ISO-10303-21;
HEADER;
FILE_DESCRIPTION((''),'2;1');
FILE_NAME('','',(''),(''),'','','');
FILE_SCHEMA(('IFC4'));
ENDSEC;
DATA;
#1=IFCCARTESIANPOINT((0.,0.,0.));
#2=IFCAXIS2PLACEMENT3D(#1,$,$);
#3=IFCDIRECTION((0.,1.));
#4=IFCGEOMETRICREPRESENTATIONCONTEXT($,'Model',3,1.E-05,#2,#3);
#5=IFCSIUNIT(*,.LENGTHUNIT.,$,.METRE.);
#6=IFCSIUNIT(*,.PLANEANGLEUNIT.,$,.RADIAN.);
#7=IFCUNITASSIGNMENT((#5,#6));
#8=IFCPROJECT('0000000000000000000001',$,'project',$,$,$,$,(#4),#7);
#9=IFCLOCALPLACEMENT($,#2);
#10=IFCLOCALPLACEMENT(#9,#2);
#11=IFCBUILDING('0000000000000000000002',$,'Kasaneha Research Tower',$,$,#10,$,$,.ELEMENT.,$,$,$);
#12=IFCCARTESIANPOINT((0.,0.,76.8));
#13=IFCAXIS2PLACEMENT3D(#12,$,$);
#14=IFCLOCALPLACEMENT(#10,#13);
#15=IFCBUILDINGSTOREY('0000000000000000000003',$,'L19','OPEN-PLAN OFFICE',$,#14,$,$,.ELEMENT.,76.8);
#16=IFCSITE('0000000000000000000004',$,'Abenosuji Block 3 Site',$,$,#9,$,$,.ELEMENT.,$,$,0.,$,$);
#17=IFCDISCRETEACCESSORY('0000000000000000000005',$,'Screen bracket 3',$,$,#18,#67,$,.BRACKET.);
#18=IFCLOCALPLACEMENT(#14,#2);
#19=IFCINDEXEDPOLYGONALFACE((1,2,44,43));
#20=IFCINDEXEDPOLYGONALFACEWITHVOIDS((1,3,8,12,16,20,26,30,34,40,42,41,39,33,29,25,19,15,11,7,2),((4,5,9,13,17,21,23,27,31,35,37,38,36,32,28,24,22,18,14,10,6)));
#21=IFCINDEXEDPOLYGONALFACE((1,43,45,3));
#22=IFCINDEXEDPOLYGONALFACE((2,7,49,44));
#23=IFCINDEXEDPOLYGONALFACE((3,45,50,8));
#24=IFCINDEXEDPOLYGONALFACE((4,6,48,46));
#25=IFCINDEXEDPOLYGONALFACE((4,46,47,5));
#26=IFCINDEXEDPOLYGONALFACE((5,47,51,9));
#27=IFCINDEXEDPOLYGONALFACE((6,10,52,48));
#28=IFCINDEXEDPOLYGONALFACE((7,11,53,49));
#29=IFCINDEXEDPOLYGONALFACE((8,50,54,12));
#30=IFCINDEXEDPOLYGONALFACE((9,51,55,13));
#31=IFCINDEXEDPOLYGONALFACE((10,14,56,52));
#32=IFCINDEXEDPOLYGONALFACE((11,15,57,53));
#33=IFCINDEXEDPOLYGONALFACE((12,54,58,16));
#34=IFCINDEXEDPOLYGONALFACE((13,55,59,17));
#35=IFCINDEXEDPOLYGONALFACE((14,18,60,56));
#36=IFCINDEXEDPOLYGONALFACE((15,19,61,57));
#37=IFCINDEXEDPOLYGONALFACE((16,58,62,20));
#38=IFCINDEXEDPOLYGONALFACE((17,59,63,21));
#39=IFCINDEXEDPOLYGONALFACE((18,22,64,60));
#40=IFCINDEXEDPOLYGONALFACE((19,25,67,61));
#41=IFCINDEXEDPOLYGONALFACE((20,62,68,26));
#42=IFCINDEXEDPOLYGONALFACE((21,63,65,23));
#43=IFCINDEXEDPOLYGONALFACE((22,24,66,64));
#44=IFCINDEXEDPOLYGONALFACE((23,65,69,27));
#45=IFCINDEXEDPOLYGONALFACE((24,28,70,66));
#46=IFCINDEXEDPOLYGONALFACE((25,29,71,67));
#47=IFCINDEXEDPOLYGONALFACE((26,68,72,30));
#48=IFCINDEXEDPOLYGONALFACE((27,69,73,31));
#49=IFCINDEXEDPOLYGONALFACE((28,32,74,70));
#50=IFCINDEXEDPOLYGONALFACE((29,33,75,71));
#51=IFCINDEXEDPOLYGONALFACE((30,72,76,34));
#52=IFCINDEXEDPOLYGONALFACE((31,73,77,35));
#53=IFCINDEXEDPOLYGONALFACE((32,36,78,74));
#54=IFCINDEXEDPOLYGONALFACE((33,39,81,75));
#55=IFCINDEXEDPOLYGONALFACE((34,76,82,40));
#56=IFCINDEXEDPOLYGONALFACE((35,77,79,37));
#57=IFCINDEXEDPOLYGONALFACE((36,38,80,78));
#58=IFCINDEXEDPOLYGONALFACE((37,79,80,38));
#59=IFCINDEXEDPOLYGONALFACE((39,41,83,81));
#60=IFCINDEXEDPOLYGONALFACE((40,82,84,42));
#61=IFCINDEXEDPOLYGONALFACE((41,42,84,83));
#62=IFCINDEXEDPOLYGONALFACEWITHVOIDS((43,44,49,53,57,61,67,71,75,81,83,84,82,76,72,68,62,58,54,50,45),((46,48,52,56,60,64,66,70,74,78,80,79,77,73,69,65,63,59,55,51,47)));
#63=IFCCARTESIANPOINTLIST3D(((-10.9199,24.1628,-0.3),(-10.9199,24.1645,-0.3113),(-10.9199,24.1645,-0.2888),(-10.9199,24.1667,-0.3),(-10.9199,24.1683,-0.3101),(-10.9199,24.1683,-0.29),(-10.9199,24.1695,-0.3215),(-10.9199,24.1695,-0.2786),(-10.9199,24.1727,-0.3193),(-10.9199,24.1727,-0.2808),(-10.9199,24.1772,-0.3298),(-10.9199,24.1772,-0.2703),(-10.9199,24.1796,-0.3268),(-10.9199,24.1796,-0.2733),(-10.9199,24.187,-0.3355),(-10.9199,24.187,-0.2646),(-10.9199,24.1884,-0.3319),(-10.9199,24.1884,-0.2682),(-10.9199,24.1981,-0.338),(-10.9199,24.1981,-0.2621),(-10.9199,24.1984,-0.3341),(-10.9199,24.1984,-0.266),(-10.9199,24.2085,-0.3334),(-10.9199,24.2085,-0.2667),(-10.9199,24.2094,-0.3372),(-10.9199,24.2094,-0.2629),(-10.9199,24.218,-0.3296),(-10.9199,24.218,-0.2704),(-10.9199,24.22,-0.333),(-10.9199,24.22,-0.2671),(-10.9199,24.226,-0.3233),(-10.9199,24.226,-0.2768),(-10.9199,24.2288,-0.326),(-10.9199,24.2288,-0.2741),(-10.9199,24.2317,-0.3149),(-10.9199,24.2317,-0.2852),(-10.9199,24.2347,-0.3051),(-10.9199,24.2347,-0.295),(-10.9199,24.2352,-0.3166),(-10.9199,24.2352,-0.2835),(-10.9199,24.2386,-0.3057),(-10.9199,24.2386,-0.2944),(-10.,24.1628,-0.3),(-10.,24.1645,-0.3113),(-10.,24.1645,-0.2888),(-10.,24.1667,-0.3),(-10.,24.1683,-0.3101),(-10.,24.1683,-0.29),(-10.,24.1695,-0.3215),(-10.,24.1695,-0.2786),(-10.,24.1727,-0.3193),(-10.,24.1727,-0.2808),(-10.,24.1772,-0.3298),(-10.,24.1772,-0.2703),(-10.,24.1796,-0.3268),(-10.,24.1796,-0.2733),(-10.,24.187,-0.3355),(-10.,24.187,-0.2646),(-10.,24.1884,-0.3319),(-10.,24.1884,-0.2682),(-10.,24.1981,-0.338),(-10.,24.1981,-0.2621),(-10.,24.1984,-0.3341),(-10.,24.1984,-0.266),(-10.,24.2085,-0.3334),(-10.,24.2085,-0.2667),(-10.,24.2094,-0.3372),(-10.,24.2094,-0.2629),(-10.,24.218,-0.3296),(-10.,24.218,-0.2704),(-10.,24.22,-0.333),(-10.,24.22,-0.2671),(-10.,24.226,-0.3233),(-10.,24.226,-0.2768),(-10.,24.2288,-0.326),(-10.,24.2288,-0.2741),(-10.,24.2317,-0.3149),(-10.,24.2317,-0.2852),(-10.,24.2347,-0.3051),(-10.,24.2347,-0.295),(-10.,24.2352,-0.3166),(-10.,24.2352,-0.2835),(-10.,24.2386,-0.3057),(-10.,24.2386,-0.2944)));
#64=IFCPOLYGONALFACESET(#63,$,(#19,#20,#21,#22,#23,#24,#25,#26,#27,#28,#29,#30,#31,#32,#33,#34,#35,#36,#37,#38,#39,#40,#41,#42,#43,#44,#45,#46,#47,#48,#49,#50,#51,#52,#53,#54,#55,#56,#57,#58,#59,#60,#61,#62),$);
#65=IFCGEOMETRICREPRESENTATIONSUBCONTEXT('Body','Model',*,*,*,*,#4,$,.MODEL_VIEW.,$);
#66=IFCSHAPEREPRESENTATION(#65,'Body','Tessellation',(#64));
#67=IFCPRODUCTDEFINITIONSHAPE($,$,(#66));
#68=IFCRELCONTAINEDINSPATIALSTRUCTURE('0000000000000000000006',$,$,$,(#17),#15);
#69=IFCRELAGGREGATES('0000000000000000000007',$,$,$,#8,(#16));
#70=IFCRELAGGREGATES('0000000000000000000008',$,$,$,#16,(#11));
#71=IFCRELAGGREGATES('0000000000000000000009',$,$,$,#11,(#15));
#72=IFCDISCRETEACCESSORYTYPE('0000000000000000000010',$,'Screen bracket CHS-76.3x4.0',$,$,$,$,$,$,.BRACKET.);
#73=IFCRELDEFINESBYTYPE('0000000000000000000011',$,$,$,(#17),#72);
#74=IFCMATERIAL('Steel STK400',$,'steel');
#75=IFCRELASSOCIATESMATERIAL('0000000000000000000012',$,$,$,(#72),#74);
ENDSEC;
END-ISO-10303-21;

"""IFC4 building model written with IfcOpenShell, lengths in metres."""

from ifc_helpers import new_model, si_unit, direction, frame, origin, origin_2d, place, context, subcontext, project, spatial, hollow_circle, extrude, material, material_profile, profile_set, type_object, element, save


model = new_model("IFC4")

# Units and contexts
model_context = context("Model", 3, precision=1e-05, world=origin(), true_north=direction((0.0, 1.0)))
body_context = subcontext(model_context, "Body", "Model", "MODEL_VIEW")
ifc_project = project(units=[si_unit("LENGTHUNIT", "METRE"), si_unit("PLANEANGLEUNIT", "RADIAN")], contexts=[model_context])

# Site, building, storey
site_placement = place(None, origin())
site = spatial("IfcSite", under=ifc_project, at=site_placement, Name="Abenosuji Block 3 Site", CompositionType="ELEMENT", RefElevation=0.0)
building_placement = place(site_placement, origin())
building = spatial("IfcBuilding", under=site, at=building_placement, Name="Kasaneha Research Tower", CompositionType="ELEMENT")
storey_placement = place(building_placement, frame((0.0, 0.0, 76.8)))
storey = spatial("IfcBuildingStorey", under=building, at=storey_placement, Name="L19", Description="OPEN-PLAN OFFICE", CompositionType="ELEMENT", Elevation=76.8)

# Discrete accessory
ifc_material_1 = material(Name="Steel STK400", Category="steel")
ifc_material_profile_1 = material_profile(ifc_material_1, hollow_circle(Radius=0.0381, WallThickness=0.0039, at=origin_2d()), Name="CHS-76.3x4.0")
ifc_profile_set_1 = profile_set([ifc_material_profile_1], Name="Steel STK400")
discrete_accessory_type = type_object("IfcDiscreteAccessoryType", Name="Screen bracket CHS-76.3x4.0", PredefinedType="BRACKET", material=ifc_profile_set_1)
for number, where, z_axis, x_axis, name in (
    (1, (-10.0, 24.2009, -0.3), (-1.0, 0.0, 0.0), (0.0, -1.0, 0.0), "Screen bracket 3"),
):
    element("IfcDiscreteAccessory", number, at=place(storey_placement, frame(where, z_axis=z_axis, x_axis=x_axis)), inside=storey, type_object=discrete_accessory_type, Name=name, PredefinedType="BRACKET", context=body_context, shape_type="SweptSolid", body=[
        extrude(hollow_circle(Radius=0.0381, WallThickness=0.0039, at=origin_2d()), origin(), (0.0, 0.0, 1.0), 0.9199),
    ])

save(model, "model.ifc")
